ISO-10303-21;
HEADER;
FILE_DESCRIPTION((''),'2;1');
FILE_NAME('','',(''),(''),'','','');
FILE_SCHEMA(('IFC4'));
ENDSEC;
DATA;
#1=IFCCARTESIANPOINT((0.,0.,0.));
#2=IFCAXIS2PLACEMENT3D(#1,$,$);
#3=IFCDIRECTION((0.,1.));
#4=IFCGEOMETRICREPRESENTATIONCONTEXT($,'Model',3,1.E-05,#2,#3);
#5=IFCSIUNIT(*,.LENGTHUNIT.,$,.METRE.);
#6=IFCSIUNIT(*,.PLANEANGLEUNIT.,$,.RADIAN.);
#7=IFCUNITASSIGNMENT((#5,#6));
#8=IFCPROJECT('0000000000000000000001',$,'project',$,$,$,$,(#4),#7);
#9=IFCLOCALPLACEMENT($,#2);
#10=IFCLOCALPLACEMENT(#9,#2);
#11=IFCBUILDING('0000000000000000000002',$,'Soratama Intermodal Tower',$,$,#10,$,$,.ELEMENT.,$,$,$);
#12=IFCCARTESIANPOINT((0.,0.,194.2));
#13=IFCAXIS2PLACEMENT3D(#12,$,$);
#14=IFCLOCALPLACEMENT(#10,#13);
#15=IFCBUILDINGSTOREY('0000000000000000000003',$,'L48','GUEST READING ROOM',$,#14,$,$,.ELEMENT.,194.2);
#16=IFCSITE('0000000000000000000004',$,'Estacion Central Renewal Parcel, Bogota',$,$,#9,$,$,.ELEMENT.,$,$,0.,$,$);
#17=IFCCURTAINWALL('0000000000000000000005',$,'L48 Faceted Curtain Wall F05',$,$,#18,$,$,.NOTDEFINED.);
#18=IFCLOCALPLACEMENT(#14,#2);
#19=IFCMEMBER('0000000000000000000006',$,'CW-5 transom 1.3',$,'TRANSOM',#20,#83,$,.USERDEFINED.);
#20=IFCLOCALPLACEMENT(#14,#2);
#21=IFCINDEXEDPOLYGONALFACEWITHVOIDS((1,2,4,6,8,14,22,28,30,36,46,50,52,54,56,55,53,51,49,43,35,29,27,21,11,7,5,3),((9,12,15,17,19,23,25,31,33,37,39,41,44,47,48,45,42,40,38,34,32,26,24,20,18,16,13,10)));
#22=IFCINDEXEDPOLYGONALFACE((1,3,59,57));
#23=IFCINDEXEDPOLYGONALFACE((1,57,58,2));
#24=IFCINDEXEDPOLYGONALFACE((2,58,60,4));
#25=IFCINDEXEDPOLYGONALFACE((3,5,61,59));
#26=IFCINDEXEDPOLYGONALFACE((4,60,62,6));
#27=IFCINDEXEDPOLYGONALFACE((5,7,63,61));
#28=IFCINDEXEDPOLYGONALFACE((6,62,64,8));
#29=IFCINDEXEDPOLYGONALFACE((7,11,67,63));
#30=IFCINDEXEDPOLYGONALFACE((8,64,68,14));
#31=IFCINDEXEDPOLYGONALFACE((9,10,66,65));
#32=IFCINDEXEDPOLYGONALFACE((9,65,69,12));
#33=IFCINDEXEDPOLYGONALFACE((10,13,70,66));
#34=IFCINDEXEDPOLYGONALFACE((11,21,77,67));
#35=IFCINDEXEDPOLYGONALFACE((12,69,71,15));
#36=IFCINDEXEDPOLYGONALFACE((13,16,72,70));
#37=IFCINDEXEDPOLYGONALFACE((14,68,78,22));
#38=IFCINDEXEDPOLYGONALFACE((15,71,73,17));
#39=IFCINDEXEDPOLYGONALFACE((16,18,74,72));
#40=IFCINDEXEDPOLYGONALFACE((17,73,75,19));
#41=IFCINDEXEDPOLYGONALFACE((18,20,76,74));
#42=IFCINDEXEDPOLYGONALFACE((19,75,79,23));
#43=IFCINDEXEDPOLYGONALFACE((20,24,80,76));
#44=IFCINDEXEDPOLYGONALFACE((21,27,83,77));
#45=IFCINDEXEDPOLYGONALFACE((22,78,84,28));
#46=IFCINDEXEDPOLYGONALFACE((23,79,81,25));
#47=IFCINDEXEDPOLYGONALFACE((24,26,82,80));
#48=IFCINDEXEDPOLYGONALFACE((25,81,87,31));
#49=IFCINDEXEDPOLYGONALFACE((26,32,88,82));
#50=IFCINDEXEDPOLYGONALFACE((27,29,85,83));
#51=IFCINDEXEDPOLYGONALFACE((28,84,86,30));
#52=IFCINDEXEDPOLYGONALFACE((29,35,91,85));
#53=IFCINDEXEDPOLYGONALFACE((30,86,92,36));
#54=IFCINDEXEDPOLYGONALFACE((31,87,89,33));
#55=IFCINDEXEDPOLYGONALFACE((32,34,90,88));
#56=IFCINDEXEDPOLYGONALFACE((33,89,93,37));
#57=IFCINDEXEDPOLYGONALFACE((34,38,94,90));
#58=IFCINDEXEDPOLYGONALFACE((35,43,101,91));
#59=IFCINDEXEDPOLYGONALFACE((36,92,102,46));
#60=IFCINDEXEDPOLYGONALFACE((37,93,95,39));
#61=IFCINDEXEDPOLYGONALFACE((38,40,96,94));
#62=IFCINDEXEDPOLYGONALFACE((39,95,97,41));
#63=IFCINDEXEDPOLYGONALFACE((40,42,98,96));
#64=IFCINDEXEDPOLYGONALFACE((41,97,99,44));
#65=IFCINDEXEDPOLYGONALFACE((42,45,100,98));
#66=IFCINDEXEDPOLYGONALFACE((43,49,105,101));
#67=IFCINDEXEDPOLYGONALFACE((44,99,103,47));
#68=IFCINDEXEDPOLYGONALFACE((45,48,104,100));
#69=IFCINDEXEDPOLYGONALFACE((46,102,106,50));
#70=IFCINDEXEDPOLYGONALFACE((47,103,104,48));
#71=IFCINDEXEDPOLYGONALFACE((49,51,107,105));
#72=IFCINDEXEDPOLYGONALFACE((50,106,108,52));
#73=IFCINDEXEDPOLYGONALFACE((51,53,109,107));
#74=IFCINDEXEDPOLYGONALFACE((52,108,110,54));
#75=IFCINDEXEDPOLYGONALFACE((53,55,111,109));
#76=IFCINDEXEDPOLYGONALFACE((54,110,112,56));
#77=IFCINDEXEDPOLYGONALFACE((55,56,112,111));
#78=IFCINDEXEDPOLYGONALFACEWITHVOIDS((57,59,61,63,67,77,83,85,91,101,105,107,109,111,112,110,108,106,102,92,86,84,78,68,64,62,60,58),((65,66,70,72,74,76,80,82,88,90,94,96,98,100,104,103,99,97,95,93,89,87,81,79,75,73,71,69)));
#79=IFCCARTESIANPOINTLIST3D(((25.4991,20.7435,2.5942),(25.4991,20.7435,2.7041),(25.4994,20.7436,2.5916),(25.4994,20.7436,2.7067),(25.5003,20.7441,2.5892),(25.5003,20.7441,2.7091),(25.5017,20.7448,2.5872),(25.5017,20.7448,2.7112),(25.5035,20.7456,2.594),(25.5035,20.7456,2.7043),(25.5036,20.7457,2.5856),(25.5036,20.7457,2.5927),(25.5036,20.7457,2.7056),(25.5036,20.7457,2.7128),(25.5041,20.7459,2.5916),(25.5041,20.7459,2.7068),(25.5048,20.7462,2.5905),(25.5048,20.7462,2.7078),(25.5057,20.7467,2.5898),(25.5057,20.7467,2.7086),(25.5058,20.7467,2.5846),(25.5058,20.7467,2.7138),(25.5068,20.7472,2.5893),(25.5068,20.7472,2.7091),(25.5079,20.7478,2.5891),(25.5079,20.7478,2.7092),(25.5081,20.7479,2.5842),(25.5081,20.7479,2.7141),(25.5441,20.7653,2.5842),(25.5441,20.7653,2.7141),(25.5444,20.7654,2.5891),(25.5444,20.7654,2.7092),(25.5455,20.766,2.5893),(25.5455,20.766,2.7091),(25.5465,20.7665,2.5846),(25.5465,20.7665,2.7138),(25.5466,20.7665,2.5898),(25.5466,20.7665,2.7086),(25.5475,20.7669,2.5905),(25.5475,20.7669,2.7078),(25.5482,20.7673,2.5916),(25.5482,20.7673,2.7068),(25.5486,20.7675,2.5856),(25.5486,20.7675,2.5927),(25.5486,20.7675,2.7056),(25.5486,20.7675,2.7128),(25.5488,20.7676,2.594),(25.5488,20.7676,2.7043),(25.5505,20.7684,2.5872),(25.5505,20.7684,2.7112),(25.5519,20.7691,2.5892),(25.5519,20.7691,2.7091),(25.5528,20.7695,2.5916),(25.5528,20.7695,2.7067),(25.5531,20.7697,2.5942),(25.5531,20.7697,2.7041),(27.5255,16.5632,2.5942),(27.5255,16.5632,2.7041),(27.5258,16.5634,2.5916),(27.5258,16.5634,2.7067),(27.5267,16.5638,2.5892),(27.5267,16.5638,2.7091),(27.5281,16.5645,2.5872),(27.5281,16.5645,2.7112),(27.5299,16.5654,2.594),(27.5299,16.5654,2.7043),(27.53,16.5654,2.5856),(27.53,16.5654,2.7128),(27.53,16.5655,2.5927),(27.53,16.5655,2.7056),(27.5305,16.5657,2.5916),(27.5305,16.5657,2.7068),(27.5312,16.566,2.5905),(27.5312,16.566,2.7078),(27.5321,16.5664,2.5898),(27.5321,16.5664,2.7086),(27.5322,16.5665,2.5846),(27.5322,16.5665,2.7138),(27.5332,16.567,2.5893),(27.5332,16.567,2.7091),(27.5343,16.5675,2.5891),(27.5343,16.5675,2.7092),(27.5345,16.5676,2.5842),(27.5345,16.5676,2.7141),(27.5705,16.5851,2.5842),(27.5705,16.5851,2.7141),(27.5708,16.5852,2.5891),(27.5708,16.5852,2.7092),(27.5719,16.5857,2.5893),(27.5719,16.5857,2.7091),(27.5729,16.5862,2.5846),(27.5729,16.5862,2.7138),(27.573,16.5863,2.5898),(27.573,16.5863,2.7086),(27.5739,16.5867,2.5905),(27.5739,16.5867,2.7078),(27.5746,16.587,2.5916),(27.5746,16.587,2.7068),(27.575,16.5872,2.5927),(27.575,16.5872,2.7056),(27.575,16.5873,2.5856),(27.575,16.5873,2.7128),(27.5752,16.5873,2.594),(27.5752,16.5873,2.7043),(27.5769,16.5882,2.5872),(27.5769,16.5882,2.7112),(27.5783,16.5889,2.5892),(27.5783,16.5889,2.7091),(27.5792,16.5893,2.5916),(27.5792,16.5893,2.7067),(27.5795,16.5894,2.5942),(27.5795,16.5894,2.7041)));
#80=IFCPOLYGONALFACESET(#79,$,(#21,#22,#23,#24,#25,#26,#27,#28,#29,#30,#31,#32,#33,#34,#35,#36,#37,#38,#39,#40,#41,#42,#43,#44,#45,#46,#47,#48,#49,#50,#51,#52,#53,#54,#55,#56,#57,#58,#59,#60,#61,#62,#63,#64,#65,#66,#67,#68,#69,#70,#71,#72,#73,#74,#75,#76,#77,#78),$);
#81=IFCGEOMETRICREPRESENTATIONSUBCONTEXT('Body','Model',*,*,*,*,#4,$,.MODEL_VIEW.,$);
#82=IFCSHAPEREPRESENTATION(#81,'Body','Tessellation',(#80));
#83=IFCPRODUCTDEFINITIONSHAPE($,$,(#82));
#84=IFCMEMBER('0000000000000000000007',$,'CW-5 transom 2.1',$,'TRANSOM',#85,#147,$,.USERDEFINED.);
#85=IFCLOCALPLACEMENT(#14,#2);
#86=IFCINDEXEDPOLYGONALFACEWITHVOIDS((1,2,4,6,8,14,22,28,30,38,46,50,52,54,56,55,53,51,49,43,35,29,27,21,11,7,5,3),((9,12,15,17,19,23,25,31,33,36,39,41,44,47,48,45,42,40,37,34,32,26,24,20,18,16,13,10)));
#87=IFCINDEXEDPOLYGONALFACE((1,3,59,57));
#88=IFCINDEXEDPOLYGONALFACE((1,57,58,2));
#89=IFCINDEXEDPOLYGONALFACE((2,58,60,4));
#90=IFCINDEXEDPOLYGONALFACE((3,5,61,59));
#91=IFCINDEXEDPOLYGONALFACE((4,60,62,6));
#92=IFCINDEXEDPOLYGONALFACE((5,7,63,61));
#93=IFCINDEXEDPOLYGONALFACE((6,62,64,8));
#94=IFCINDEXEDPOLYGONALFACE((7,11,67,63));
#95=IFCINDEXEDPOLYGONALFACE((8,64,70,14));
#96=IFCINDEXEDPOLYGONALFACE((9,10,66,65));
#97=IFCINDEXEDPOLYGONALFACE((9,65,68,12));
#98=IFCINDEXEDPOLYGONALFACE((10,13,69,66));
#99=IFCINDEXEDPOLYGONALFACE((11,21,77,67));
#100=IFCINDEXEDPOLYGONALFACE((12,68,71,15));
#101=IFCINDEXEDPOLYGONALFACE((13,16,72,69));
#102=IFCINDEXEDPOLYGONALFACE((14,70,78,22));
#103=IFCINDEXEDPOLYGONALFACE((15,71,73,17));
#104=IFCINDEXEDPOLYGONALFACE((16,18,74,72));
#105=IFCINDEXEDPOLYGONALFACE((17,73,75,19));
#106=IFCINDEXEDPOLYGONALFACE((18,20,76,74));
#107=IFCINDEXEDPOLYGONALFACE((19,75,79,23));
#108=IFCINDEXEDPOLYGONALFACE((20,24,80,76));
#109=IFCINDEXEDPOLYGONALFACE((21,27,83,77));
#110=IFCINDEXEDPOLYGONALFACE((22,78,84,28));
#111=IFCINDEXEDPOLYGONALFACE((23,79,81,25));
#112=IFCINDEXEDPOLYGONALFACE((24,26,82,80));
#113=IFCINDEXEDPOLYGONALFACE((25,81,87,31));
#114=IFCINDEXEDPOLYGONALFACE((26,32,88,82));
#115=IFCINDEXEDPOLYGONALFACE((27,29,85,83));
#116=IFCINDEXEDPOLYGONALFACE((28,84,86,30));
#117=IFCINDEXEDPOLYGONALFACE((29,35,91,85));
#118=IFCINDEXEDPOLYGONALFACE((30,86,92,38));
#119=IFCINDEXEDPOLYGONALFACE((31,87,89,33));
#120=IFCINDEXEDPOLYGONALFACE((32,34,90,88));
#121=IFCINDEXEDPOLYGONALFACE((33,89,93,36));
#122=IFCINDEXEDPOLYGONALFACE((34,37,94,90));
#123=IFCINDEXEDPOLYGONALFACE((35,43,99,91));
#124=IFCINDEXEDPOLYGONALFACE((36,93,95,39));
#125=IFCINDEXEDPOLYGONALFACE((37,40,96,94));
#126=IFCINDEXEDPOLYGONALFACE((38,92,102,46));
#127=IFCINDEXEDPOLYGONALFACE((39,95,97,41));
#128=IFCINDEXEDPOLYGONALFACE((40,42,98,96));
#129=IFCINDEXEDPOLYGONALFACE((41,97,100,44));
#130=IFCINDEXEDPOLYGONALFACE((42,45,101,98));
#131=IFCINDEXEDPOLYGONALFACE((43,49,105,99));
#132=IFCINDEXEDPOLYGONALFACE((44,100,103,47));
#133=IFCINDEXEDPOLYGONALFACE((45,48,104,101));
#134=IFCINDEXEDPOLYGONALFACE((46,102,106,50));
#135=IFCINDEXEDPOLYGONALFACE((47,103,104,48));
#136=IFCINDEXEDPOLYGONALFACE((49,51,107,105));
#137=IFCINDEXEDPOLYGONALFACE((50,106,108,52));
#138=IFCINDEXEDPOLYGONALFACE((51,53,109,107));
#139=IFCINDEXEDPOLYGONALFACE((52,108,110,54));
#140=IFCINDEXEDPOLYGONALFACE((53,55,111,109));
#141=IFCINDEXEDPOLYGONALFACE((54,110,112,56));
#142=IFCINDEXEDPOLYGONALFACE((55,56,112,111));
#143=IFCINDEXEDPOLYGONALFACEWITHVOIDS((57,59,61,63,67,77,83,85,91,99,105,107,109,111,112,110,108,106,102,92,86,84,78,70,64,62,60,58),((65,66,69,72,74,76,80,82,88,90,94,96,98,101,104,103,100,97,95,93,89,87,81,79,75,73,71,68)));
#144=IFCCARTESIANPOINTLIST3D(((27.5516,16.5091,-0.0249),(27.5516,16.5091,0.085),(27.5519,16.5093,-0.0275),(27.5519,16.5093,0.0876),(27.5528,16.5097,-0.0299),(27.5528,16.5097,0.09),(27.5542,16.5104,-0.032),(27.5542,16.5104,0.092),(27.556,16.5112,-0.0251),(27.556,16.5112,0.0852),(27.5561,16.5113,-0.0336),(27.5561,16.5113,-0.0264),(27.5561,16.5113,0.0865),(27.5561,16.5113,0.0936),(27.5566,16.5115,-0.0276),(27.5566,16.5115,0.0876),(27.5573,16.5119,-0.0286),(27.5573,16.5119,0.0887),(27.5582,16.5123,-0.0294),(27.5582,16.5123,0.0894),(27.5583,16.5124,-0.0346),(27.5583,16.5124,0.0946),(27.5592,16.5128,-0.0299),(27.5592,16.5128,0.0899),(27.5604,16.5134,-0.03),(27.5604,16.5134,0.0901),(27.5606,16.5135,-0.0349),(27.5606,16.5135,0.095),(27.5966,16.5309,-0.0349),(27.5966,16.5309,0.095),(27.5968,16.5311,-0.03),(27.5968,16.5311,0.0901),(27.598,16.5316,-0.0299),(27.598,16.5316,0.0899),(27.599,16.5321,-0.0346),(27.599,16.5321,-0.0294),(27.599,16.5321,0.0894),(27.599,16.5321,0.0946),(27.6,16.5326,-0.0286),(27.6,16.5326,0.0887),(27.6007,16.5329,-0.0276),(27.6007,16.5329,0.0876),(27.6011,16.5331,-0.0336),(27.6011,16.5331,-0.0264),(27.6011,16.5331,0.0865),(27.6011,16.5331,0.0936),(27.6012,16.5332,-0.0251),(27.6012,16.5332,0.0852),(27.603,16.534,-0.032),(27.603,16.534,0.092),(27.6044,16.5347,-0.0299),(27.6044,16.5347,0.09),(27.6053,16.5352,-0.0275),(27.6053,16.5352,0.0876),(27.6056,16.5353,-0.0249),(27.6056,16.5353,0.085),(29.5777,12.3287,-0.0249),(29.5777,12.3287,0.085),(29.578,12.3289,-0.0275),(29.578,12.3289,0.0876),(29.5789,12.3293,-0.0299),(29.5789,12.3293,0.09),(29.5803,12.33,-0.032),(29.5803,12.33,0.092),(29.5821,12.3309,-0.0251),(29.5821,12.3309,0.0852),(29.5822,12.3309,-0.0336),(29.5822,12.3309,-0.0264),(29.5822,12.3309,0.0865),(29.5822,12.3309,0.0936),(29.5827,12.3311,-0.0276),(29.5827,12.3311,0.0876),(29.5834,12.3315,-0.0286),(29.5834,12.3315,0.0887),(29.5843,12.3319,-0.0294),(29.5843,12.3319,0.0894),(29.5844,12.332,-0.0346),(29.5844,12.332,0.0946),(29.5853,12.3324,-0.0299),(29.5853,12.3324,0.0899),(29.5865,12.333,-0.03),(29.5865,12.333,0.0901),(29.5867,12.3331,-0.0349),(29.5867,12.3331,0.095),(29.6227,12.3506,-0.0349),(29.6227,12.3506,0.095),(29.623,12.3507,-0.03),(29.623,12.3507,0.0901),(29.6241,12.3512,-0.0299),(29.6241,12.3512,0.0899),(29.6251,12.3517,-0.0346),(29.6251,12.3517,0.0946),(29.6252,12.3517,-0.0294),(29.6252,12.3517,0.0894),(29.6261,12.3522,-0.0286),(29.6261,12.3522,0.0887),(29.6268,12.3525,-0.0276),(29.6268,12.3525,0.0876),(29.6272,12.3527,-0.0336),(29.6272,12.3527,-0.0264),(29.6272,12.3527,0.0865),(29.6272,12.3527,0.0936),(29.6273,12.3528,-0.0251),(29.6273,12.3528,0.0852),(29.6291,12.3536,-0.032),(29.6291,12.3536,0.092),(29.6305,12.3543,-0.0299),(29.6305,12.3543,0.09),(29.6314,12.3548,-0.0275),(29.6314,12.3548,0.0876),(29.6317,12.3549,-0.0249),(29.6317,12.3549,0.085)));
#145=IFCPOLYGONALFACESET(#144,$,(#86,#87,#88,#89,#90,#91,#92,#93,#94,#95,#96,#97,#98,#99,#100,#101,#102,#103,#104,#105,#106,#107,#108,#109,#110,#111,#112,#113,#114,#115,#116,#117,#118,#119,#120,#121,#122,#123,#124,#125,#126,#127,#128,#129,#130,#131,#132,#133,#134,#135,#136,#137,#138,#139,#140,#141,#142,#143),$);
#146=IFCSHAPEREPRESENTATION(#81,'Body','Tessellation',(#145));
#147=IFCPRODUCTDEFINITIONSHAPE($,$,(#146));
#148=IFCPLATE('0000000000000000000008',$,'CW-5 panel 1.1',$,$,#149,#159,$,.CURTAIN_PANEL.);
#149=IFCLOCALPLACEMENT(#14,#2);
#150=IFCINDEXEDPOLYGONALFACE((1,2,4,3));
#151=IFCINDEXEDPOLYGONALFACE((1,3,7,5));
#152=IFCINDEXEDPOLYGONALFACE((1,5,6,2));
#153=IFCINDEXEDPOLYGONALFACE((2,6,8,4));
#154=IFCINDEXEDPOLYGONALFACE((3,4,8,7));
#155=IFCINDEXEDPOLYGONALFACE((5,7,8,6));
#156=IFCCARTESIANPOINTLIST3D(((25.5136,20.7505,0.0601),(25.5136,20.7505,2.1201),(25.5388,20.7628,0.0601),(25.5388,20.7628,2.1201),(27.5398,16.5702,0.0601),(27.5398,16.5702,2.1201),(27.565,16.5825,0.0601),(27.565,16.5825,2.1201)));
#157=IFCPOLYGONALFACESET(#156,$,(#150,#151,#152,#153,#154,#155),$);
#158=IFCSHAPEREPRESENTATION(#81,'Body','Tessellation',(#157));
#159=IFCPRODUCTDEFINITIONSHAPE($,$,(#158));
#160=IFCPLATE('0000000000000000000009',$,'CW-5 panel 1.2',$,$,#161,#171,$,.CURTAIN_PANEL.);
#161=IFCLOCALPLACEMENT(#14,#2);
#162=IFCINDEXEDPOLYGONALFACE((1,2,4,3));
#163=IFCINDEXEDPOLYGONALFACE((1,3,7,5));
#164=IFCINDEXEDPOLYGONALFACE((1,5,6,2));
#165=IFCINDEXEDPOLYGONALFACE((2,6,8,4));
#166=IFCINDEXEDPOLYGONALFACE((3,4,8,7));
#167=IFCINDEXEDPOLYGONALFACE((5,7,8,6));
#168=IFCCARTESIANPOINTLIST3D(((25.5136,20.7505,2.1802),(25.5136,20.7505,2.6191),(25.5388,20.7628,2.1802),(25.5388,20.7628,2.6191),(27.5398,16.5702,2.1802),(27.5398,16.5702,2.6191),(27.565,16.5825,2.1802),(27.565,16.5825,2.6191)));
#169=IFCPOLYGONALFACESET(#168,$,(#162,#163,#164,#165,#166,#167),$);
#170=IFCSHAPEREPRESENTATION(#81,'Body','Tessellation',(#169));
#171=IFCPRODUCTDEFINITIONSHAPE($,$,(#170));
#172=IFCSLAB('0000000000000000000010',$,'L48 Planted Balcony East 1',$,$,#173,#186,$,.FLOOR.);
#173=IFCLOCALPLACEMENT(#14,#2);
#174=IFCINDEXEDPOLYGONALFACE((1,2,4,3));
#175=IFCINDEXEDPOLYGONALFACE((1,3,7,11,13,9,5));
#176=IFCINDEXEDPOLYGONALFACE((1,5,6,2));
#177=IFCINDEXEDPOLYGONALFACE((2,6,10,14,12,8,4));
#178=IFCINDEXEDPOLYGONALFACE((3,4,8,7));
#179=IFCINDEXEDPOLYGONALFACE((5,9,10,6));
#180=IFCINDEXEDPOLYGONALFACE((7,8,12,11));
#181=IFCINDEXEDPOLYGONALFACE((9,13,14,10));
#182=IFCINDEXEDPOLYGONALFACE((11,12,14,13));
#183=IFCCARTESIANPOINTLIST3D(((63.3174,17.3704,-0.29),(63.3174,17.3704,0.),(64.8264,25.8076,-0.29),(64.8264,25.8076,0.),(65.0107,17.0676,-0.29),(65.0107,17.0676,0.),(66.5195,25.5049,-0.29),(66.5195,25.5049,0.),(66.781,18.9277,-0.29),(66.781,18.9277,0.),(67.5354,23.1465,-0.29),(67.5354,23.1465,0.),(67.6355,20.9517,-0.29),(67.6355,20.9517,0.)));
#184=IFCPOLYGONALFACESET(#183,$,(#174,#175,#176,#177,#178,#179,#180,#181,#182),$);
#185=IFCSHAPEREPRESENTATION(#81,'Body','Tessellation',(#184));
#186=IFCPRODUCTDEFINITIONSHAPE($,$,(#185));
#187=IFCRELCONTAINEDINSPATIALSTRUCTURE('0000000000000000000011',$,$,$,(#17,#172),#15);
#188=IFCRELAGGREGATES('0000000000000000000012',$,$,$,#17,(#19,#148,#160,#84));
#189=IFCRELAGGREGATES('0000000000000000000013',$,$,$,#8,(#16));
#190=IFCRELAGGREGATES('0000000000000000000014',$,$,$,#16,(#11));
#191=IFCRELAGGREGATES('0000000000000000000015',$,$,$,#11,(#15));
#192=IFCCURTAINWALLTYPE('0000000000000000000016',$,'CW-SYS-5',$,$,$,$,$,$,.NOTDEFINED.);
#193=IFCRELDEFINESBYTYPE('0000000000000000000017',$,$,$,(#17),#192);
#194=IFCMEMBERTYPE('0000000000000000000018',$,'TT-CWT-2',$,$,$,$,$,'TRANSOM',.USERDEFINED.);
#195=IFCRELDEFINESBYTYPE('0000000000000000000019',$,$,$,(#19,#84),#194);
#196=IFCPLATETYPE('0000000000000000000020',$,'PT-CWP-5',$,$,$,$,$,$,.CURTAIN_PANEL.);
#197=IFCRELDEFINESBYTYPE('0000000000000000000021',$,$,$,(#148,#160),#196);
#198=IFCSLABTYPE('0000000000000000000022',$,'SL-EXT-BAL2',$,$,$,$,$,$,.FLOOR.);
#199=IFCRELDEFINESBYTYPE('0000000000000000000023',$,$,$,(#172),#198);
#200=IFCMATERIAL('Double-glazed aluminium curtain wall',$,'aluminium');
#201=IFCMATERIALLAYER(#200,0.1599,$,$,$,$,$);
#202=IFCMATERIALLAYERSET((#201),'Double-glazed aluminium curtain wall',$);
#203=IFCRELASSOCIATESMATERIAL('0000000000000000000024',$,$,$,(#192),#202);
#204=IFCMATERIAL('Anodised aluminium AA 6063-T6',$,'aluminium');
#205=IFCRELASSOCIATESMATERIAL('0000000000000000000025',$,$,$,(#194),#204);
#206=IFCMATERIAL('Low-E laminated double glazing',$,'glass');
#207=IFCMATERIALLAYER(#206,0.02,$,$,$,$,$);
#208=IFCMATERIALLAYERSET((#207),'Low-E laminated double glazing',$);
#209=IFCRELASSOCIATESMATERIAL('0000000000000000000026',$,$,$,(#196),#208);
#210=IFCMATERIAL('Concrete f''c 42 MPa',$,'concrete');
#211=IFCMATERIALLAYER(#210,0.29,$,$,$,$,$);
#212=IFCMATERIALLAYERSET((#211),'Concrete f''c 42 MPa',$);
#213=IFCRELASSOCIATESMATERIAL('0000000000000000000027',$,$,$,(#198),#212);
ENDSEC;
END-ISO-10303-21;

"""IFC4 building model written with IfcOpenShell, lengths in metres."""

from ifc_helpers import new_model, si_unit, direction, frame, origin, origin_2d, place, context, subcontext, project, spatial, polyline, rectangle, hollow_rectangle, outline, extrude, material, layer, layer_set, material_profile, profile_set, type_object, element, aggregate, save


model = new_model("IFC4")

# Units and contexts
model_context = context("Model", 3, precision=1e-05, world=origin(), true_north=direction((0.0, 1.0)))
body_context = subcontext(model_context, "Body", "Model", "MODEL_VIEW")
ifc_project = project(units=[si_unit("LENGTHUNIT", "METRE"), si_unit("PLANEANGLEUNIT", "RADIAN")], contexts=[model_context])

# Site, building, storey
site_placement = place(None, origin())
site = spatial("IfcSite", under=ifc_project, at=site_placement, Name="Estacion Central Renewal Parcel, Bogota", CompositionType="ELEMENT", RefElevation=0.0)
building_placement = place(site_placement, origin())
building = spatial("IfcBuilding", under=site, at=building_placement, Name="Soratama Intermodal Tower", CompositionType="ELEMENT")
storey_placement = place(building_placement, frame((0.0, 0.0, 194.2)))
storey = spatial("IfcBuildingStorey", under=building, at=storey_placement, Name="L48", Description="GUEST READING ROOM", CompositionType="ELEMENT", Elevation=194.2)

# Curtain wall, members, plates
ifc_material_1 = material(Name="Double-glazed aluminium curtain wall", Category="aluminium")
ifc_layer_1 = layer(ifc_material_1, 0.1599)
ifc_layer_set_1 = layer_set([ifc_layer_1], Name="Double-glazed aluminium curtain wall")
curtain_wall_type = type_object("IfcCurtainWallType", Name="CW-SYS-5", PredefinedType="NOTDEFINED", material=ifc_layer_set_1)
curtain_wall_placement = place(storey_placement, origin())
curtain_wall = element("IfcCurtainWall", 1, at=curtain_wall_placement, inside=storey, type_object=curtain_wall_type, Name="L48 Faceted Curtain Wall F05", PredefinedType="NOTDEFINED")
ifc_material_2 = material(Name="Anodised aluminium AA 6063-T6", Category="aluminium")
ifc_material_profile_1 = material_profile(ifc_material_2, hollow_rectangle(XDim=0.0601, YDim=0.1299, WallThickness=0.0049, InnerFilletRadius=0.0049, OuterFilletRadius=0.01, at=origin_2d()), Name="CWT130X60X5")
ifc_profile_set_1 = profile_set([ifc_material_profile_1], Name="Anodised aluminium AA 6063-T6")
member_type_1 = type_object("IfcMemberType", Name="TT-CWT-2", ElementType="TRANSOM", PredefinedType="USERDEFINED", material=ifc_profile_set_1)
member_1_placement = place(storey_placement, frame((25.5261, 20.7566, 2.6492), z_axis=(0.436206, -0.899847, 0.0), x_axis=(0.899847, 0.436206, 0.0)))
member_1 = element("IfcMember", 2, at=member_1_placement, type_object=member_type_1, Name="CW-5 transom 1.3", ObjectType="TRANSOM", PredefinedType="USERDEFINED", context=body_context, shape_type="SweptSolid", body=[
    extrude(hollow_rectangle(XDim=0.0601, YDim=0.1299, WallThickness=0.0049, InnerFilletRadius=0.0049, OuterFilletRadius=0.01, at=origin_2d()), origin(), (0.0, 0.0, 1.0), 4.6455),
])
member_2_placement = place(storey_placement, frame((27.5786, 16.5222, 0.03), z_axis=(0.436143, -0.899877, 0.0), x_axis=(0.899877, 0.436143, 0.0)))
member_2 = element("IfcMember", 3, at=member_2_placement, type_object=member_type_1, Name="CW-5 transom 2.1", ObjectType="TRANSOM", PredefinedType="USERDEFINED", context=body_context, shape_type="SweptSolid", body=[
    extrude(hollow_rectangle(XDim=0.0601, YDim=0.1299, WallThickness=0.0049, InnerFilletRadius=0.0049, OuterFilletRadius=0.01, at=origin_2d()), origin(), (0.0, 0.0, 1.0), 4.6455),
])
ifc_material_3 = material(Name="Low-E laminated double glazing", Category="glass")
ifc_layer_2 = layer(ifc_material_3, 0.02)
ifc_layer_set_2 = layer_set([ifc_layer_2], Name="Low-E laminated double glazing")
plate_type = type_object("IfcPlateType", Name="PT-CWP-5", PredefinedType="CURTAIN_PANEL", material=ifc_layer_set_2)
plate_1_placement = place(storey_placement, frame((26.5393, 18.6665, 0.0601), z_axis=(0.0, 0.0, 1.0), x_axis=(0.436165, -0.899867, 0.0)))
plate_1 = element("IfcPlate", 4, at=plate_1_placement, type_object=plate_type, Name="CW-5 panel 1.1", PredefinedType="CURTAIN_PANEL", context=body_context, shape_type="SweptSolid", body=[
    extrude(rectangle(XDim=4.6455, YDim=0.0281, at=origin_2d()), origin(), (0.0, 0.0, 1.0), 2.0601),
])
plate_2_placement = place(storey_placement, frame((26.5393, 18.6665, 2.1802), z_axis=(0.0, 0.0, 1.0), x_axis=(0.436165, -0.899867, 0.0)))
plate_2 = element("IfcPlate", 5, at=plate_2_placement, type_object=plate_type, Name="CW-5 panel 1.2", PredefinedType="CURTAIN_PANEL", context=body_context, shape_type="SweptSolid", body=[
    extrude(rectangle(XDim=4.6455, YDim=0.0281, at=origin_2d()), origin(), (0.0, 0.0, 1.0), 0.439),
])
aggregate(curtain_wall, [member_1, plate_1, plate_2, member_2])

# Slab
ifc_material_4 = material(Name="Concrete f'c 42 MPa", Category="concrete")
ifc_layer_3 = layer(ifc_material_4, 0.29)
ifc_layer_set_3 = layer_set([ifc_layer_3], Name="Concrete f'c 42 MPa")
slab_type_1 = type_object("IfcSlabType", Name="SL-EXT-BAL2", PredefinedType="FLOOR", material=ifc_layer_set_3)
slab_1_placement = place(storey_placement, frame((0.0, 0.0, -0.29)))
element("IfcSlab", 6, at=slab_1_placement, inside=storey, type_object=slab_type_1, Name="L48 Planted Balcony East 1", PredefinedType="FLOOR", context=body_context, shape_type="SweptSolid", body=[
    extrude(outline(polyline([(63.3174, 17.3704), (64.8264, 25.8076), (66.5195, 25.5049), (67.5354, 23.1465), (67.6355, 20.9517), (66.781, 18.9277), (65.0107, 17.0676), (63.3174, 17.3704)])), origin(), (0.0, 0.0, 1.0), 0.29),
])

save(model, "model.ifc")
